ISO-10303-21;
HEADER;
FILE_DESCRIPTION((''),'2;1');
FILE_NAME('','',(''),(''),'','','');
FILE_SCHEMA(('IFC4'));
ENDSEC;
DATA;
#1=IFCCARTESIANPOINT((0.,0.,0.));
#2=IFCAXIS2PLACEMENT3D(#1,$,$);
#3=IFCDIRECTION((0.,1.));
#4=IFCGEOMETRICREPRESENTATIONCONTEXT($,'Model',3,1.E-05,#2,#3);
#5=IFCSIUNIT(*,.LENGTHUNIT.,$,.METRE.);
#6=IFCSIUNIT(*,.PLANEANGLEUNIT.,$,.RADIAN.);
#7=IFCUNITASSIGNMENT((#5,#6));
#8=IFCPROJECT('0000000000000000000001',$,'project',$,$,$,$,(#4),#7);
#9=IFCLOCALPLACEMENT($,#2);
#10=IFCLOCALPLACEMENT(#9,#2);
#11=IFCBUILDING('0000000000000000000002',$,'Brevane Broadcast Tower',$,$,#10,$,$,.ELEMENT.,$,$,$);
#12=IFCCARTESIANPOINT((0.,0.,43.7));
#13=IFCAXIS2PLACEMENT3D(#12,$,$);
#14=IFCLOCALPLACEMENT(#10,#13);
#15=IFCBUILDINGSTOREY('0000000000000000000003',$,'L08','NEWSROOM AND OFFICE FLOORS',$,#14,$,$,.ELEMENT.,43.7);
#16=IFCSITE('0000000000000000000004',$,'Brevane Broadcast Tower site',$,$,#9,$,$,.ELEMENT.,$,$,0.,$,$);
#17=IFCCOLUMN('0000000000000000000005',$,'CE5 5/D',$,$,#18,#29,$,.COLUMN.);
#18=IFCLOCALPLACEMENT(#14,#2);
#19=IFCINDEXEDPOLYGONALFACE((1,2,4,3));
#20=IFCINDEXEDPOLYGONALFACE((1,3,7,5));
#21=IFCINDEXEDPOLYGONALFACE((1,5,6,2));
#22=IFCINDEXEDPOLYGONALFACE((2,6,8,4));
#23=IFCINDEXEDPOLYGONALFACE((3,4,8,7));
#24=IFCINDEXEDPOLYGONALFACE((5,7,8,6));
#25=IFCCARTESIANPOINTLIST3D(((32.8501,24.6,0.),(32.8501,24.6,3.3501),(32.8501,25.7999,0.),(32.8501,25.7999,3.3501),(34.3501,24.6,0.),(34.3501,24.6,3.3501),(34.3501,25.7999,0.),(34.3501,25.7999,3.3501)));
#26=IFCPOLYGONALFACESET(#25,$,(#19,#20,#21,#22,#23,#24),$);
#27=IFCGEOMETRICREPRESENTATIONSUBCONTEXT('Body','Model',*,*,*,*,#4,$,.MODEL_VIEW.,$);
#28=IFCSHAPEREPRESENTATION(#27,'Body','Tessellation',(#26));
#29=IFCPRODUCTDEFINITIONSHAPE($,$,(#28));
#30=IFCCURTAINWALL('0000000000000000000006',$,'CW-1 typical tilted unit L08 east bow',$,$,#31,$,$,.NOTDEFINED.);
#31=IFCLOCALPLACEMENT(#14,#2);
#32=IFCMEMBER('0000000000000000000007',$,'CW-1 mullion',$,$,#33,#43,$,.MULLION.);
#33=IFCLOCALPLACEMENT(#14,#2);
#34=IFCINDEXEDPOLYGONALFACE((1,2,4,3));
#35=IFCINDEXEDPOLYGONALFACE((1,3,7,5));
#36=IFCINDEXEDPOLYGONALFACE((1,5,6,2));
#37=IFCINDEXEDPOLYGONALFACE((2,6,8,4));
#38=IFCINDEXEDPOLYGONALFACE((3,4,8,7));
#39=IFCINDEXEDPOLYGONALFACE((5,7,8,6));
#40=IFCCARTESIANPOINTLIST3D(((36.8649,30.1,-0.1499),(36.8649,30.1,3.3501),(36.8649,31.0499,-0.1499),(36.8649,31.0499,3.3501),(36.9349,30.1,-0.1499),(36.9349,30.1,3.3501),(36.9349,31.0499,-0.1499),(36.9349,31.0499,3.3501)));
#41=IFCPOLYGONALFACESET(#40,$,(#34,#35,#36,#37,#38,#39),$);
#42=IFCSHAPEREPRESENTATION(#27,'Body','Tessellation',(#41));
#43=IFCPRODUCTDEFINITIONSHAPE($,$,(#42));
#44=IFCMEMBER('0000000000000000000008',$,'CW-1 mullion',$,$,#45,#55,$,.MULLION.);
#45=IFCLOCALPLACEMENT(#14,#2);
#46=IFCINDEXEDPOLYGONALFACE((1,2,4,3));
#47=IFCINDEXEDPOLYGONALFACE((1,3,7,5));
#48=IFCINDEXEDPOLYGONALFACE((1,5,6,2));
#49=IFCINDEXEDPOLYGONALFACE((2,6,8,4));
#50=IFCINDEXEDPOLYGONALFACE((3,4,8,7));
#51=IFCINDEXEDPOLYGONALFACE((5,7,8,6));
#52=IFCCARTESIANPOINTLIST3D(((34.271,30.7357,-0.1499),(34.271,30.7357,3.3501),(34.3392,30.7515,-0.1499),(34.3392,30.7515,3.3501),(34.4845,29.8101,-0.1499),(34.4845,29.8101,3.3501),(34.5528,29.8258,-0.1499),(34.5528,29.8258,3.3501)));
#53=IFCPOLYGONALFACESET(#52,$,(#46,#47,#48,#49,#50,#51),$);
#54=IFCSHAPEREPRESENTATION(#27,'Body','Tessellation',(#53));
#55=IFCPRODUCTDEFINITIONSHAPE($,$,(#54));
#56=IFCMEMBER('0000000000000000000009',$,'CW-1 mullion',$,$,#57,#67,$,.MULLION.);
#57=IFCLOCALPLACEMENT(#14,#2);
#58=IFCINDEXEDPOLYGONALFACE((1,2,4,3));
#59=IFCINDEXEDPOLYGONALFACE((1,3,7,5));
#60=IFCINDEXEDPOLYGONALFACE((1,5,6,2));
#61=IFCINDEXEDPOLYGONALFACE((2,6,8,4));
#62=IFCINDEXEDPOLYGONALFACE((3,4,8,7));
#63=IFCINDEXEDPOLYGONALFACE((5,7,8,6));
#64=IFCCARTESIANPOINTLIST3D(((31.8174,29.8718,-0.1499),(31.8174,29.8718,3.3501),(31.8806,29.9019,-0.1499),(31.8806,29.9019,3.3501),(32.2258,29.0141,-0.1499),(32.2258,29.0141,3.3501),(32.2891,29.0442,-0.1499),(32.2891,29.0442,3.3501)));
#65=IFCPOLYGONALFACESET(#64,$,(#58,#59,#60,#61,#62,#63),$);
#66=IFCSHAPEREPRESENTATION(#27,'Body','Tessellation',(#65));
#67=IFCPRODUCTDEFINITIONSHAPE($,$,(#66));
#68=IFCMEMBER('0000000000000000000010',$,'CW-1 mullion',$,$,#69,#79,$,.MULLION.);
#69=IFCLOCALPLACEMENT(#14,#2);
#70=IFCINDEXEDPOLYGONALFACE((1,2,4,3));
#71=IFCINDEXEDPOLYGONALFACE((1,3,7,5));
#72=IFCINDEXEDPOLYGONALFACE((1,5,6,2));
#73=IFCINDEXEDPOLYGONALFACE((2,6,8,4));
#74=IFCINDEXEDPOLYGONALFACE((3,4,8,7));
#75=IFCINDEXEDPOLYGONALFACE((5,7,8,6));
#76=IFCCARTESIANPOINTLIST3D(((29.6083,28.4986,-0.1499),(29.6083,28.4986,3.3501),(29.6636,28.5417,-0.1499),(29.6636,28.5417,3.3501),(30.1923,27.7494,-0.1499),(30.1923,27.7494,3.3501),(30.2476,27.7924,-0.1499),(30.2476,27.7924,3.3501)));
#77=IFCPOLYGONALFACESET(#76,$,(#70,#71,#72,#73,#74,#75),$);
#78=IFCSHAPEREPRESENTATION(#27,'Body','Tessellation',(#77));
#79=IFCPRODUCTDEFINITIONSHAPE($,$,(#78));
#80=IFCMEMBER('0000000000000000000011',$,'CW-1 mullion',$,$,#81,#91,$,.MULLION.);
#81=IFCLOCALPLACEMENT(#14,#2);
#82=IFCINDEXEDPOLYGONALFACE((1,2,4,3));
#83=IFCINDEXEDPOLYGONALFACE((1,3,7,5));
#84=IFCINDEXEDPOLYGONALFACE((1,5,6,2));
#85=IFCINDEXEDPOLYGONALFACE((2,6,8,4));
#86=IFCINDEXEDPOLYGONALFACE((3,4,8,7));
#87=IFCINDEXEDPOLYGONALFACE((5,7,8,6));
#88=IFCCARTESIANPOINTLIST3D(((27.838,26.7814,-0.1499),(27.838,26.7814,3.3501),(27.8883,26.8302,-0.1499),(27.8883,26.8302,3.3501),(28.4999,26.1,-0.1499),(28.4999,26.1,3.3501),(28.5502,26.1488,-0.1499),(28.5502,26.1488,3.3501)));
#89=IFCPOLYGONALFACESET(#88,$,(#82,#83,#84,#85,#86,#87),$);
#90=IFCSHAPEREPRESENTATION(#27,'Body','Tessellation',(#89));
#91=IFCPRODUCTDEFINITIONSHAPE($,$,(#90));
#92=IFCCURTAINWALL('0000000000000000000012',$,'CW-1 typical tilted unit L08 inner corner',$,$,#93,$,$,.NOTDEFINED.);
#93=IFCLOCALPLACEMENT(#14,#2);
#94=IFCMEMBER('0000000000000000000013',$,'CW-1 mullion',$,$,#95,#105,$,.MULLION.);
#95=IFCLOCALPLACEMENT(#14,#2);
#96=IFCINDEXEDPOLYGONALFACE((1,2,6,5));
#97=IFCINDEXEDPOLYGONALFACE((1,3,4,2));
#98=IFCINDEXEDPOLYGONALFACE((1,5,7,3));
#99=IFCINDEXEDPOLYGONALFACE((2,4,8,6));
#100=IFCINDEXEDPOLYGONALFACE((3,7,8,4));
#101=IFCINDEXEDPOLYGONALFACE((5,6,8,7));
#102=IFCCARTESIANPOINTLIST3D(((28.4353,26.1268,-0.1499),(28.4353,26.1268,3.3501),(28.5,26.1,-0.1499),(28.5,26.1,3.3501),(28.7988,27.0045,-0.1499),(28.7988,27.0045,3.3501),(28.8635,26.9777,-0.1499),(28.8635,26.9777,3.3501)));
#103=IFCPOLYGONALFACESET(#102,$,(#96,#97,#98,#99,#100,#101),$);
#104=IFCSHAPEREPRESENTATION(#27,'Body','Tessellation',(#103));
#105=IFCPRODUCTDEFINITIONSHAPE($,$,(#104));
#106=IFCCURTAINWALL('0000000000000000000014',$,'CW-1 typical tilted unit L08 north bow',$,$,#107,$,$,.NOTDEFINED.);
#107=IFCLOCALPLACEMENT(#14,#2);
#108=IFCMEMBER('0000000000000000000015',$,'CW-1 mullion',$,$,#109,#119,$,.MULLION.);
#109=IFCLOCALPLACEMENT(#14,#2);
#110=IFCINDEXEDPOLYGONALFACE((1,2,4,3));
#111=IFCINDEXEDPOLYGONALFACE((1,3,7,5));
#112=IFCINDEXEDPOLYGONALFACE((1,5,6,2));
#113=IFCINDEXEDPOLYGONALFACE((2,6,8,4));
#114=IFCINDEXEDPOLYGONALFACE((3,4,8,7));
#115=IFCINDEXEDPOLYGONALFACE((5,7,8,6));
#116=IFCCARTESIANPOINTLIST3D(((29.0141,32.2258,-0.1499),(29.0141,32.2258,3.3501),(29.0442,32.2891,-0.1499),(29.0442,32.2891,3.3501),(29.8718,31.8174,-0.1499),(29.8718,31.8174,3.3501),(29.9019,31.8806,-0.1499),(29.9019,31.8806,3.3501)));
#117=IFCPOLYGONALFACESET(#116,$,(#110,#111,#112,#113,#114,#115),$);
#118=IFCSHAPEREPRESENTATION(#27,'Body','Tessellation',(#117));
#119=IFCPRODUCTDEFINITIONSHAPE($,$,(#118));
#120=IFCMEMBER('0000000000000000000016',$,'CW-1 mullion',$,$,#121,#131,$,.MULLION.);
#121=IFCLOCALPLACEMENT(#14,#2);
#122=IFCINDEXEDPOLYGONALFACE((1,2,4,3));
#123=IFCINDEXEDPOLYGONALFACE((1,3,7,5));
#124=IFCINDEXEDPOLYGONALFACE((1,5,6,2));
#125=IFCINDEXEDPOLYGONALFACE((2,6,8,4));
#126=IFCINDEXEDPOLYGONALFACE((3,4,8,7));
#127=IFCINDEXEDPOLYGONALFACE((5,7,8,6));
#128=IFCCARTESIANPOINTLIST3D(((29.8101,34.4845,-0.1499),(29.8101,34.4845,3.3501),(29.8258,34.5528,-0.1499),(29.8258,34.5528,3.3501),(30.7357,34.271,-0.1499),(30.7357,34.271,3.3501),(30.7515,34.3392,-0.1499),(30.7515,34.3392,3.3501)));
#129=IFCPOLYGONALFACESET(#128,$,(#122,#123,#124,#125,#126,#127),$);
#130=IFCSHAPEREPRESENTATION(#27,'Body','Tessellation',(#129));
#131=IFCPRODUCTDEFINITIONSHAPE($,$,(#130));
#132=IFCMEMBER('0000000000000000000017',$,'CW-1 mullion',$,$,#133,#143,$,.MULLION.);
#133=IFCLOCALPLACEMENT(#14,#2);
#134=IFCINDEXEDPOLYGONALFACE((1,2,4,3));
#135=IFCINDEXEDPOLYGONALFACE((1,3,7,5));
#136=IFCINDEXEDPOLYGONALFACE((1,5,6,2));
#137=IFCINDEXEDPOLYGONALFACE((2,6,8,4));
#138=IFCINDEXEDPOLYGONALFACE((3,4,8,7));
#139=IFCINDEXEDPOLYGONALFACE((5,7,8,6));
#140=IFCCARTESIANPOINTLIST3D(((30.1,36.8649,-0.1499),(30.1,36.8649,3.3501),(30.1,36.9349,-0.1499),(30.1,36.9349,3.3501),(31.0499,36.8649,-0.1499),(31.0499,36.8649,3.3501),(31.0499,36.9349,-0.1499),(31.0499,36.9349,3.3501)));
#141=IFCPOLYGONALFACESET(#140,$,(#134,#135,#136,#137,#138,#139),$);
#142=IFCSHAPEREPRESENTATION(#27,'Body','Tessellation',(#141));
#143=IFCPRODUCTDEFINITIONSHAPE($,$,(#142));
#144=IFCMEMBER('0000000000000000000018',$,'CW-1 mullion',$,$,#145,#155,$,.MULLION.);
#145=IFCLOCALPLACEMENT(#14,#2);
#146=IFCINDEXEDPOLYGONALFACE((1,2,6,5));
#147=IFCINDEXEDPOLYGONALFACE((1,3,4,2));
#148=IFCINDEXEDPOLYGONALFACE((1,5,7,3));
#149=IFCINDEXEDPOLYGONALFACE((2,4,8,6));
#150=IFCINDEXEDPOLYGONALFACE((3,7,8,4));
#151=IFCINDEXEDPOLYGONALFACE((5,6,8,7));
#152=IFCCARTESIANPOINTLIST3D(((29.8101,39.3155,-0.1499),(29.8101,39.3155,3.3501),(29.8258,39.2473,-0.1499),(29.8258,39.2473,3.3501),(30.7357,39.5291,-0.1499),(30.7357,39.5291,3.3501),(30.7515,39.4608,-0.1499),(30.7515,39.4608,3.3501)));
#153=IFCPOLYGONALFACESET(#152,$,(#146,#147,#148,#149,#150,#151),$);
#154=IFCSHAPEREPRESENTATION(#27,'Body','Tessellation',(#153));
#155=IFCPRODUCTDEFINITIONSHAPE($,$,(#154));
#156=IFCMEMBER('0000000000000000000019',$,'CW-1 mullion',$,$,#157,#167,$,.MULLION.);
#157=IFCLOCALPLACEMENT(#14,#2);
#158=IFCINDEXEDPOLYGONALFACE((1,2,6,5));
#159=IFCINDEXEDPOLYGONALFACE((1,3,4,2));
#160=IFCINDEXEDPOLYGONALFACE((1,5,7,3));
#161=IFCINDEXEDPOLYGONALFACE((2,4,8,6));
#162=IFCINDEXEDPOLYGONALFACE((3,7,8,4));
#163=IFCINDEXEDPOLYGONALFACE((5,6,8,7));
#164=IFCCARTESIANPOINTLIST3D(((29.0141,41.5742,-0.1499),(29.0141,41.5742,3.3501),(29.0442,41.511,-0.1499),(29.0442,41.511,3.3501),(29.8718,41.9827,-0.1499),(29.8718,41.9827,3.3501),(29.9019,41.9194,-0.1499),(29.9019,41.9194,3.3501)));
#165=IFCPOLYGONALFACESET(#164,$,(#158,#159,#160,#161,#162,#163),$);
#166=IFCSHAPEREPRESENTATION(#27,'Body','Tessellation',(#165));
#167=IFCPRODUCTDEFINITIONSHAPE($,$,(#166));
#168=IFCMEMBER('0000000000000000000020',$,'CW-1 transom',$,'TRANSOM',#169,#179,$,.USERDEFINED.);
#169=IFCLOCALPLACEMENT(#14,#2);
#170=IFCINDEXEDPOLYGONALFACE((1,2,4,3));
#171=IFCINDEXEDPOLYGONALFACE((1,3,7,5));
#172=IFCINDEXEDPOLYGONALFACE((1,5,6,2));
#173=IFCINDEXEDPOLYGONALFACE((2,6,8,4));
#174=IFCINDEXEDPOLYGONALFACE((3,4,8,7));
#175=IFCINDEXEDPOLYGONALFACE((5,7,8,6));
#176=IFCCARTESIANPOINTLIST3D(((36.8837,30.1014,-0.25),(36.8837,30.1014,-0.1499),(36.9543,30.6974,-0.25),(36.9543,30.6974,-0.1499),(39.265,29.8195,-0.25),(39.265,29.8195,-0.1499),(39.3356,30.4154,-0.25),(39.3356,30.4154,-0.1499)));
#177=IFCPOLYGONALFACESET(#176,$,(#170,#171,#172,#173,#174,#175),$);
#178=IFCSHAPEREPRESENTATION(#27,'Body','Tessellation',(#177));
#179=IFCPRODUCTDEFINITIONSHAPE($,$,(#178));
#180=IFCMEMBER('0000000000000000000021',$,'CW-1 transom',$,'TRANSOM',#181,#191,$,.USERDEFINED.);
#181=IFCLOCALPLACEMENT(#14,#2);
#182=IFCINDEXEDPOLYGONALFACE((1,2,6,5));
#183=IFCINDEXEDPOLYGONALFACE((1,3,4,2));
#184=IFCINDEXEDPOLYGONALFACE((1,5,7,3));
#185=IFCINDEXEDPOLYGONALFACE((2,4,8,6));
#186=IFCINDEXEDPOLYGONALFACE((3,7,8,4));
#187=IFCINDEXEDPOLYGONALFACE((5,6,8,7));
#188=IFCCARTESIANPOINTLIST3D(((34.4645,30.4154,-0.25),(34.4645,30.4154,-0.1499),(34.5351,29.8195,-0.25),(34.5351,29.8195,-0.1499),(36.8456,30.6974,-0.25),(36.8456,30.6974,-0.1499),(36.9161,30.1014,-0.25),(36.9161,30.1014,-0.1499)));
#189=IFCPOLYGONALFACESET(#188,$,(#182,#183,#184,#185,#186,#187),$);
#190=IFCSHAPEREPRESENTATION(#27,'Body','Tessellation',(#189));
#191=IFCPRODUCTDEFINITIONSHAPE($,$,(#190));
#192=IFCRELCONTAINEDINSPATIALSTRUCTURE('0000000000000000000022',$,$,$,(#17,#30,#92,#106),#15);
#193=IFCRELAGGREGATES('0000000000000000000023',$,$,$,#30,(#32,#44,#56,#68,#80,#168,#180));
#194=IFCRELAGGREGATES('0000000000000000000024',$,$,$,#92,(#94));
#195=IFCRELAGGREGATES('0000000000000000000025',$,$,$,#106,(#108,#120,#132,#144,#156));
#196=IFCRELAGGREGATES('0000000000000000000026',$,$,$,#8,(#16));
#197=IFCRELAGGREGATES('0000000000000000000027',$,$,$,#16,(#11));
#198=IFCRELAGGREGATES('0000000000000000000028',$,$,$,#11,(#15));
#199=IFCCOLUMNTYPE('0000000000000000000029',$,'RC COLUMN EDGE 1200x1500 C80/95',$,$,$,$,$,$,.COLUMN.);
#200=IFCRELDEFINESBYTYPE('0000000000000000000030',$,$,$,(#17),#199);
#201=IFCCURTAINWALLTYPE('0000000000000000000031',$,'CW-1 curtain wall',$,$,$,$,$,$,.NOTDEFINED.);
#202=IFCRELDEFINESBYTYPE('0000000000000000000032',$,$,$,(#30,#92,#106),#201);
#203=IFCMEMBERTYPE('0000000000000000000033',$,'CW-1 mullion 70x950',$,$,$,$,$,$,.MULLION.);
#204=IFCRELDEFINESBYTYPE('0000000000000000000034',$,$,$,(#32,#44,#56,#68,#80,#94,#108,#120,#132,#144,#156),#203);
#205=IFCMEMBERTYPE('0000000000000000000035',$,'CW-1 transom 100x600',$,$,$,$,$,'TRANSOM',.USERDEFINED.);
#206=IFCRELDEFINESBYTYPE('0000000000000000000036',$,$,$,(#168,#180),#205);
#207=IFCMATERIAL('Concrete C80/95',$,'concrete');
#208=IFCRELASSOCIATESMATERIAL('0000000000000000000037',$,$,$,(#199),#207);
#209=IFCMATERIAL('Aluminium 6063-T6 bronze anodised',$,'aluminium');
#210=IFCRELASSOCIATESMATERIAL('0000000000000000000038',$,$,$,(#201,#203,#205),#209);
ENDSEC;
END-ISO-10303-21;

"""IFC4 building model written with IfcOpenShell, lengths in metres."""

from ifc_helpers import new_model, si_unit, direction, frame, origin, origin_2d, place, context, subcontext, project, spatial, rectangle, extrude, material, material_profile, profile_set, type_object, element, aggregate, save


model = new_model("IFC4")

# Units and contexts
model_context = context("Model", 3, precision=1e-05, world=origin(), true_north=direction((0.0, 1.0)))
body_context = subcontext(model_context, "Body", "Model", "MODEL_VIEW")
ifc_project = project(units=[si_unit("LENGTHUNIT", "METRE"), si_unit("PLANEANGLEUNIT", "RADIAN")], contexts=[model_context])

# Site, building, storey
site_placement = place(None, origin())
site = spatial("IfcSite", under=ifc_project, at=site_placement, Name="Brevane Broadcast Tower site", CompositionType="ELEMENT", RefElevation=0.0)
building_placement = place(site_placement, origin())
building = spatial("IfcBuilding", under=site, at=building_placement, Name="Brevane Broadcast Tower", CompositionType="ELEMENT")
storey_placement = place(building_placement, frame((0.0, 0.0, 43.7)))
storey = spatial("IfcBuildingStorey", under=building, at=storey_placement, Name="L08", Description="NEWSROOM AND OFFICE FLOORS", CompositionType="ELEMENT", Elevation=43.7)

# Column
ifc_material_1 = material(Name="Concrete C80/95", Category="concrete")
ifc_material_profile_1 = material_profile(ifc_material_1, rectangle(XDim=1.2, YDim=1.5, at=origin_2d()), Name="RC 1200x1500")
ifc_profile_set_1 = profile_set([ifc_material_profile_1], Name="Concrete C80/95")
column_type = type_object("IfcColumnType", Name="RC COLUMN EDGE 1200x1500 C80/95", PredefinedType="COLUMN", material=ifc_profile_set_1)
column_placement = place(storey_placement, frame((33.6001, 25.2, 0.0), z_axis=(0.0, 0.0, 1.0), x_axis=(0.0, 1.0, 0.0)))
element("IfcColumn", 1, at=column_placement, inside=storey, type_object=column_type, Name="CE5 5/D", PredefinedType="COLUMN", context=body_context, shape_type="SweptSolid", body=[
    extrude(rectangle(XDim=1.2, YDim=1.5, at=origin_2d()), origin(), (0.0, 0.0, 1.0), 3.3501),
])

# Curtain wall, members
ifc_material_2 = material(Name="Aluminium 6063-T6 bronze anodised", Category="aluminium")
curtain_wall_type = type_object("IfcCurtainWallType", Name="CW-1 curtain wall", PredefinedType="NOTDEFINED", material=ifc_material_2)
curtain_wall_1_placement = place(storey_placement, origin())
curtain_wall_1 = element("IfcCurtainWall", 2, at=curtain_wall_1_placement, inside=storey, type_object=curtain_wall_type, Name="CW-1 typical tilted unit L08 east bow", PredefinedType="NOTDEFINED")
ifc_material_profile_2 = material_profile(ifc_material_2, rectangle(XDim=0.95, YDim=0.0701, at=origin_2d()), Name="RECT 70x950")
ifc_profile_set_2 = profile_set([ifc_material_profile_2], Name="Aluminium 6063-T6 bronze anodised")
member_type_1 = type_object("IfcMemberType", Name="CW-1 mullion 70x950", PredefinedType="MULLION", material=ifc_profile_set_2)
member_1_placement = place(storey_placement, frame((36.8999, 30.575, -0.1499), z_axis=(0.0, 0.0, 1.0), x_axis=(0.0, -1.0, 0.0)))
member_1 = element("IfcMember", 3, at=member_1_placement, type_object=member_type_1, Name="CW-1 mullion", PredefinedType="MULLION", context=body_context, shape_type="SweptSolid", body=[
    extrude(rectangle(XDim=0.95, YDim=0.0701, at=origin_2d()), origin(), (0.0, 0.0, 1.0), 3.5),
])
member_2_placement = place(storey_placement, frame((34.4119, 30.2808, -0.1499), z_axis=(0.0, 0.0, 1.0), x_axis=(0.224806, -0.974403, 0.0)))
member_2 = element("IfcMember", 4, at=member_2_placement, type_object=member_type_1, Name="CW-1 mullion", PredefinedType="MULLION", context=body_context, shape_type="SweptSolid", body=[
    extrude(rectangle(XDim=0.95, YDim=0.0701, at=origin_2d()), origin(), (0.0, 0.0, 1.0), 3.5),
])
member_3_placement = place(storey_placement, frame((32.0532, 29.458, -0.1499), z_axis=(0.0, 0.0, 1.0), x_axis=(0.429934, -0.902861, 0.0)))
member_3 = element("IfcMember", 5, at=member_3_placement, type_object=member_type_1, Name="CW-1 mullion", PredefinedType="MULLION", context=body_context, shape_type="SweptSolid", body=[
    extrude(rectangle(XDim=0.95, YDim=0.0701, at=origin_2d()), origin(), (0.0, 0.0, 1.0), 3.5),
])
member_4_placement = place(storey_placement, frame((29.928, 28.1455, -0.1499), z_axis=(0.0, 0.0, 1.0), x_axis=(0.61477, -0.788707, 0.0)))
member_4 = element("IfcMember", 6, at=member_4_placement, type_object=member_type_1, Name="CW-1 mullion", PredefinedType="MULLION", context=body_context, shape_type="SweptSolid", body=[
    extrude(rectangle(XDim=0.95, YDim=0.0701, at=origin_2d()), origin(), (0.0, 0.0, 1.0), 3.5),
])
member_5_placement = place(storey_placement, frame((28.1941, 26.4651, -0.1499), z_axis=(0.0, 0.0, 1.0), x_axis=(0.696812, -0.717254, 0.0)))
member_5 = element("IfcMember", 7, at=member_5_placement, type_object=member_type_1, Name="CW-1 mullion", PredefinedType="MULLION", context=body_context, shape_type="SweptSolid", body=[
    extrude(rectangle(XDim=0.95, YDim=0.0701, at=origin_2d()), origin(), (0.0, 0.0, 1.0), 3.5),
])

# Curtain wall, member
curtain_wall_2_placement = place(storey_placement, origin())
curtain_wall_2 = element("IfcCurtainWall", 8, at=curtain_wall_2_placement, inside=storey, type_object=curtain_wall_type, Name="CW-1 typical tilted unit L08 inner corner", PredefinedType="NOTDEFINED")
member_6_placement = place(storey_placement, frame((28.6494, 26.5522, -0.1499), z_axis=(0.0, 0.0, 1.0), x_axis=(-0.382684, -0.923879, 0.0)))
member_6 = element("IfcMember", 9, at=member_6_placement, type_object=member_type_1, Name="CW-1 mullion", PredefinedType="MULLION", context=body_context, shape_type="SweptSolid", body=[
    extrude(rectangle(XDim=0.95, YDim=0.0701, at=origin_2d()), origin(), (0.0, 0.0, 1.0), 3.5),
])

# Curtain wall, members
curtain_wall_3_placement = place(storey_placement, origin())
curtain_wall_3 = element("IfcCurtainWall", 10, at=curtain_wall_3_placement, inside=storey, type_object=curtain_wall_type, Name="CW-1 typical tilted unit L08 north bow", PredefinedType="NOTDEFINED")
member_7_placement = place(storey_placement, frame((29.458, 32.0532, -0.1499), z_axis=(0.0, 0.0, 1.0), x_axis=(-0.902861, 0.429934, 0.0)))
member_7 = element("IfcMember", 11, at=member_7_placement, type_object=member_type_1, Name="CW-1 mullion", PredefinedType="MULLION", context=body_context, shape_type="SweptSolid", body=[
    extrude(rectangle(XDim=0.95, YDim=0.0701, at=origin_2d()), origin(), (0.0, 0.0, 1.0), 3.5),
])
member_8_placement = place(storey_placement, frame((30.2808, 34.4119, -0.1499), z_axis=(0.0, 0.0, 1.0), x_axis=(-0.974403, 0.224806, 0.0)))
member_8 = element("IfcMember", 12, at=member_8_placement, type_object=member_type_1, Name="CW-1 mullion", PredefinedType="MULLION", context=body_context, shape_type="SweptSolid", body=[
    extrude(rectangle(XDim=0.95, YDim=0.0701, at=origin_2d()), origin(), (0.0, 0.0, 1.0), 3.5),
])
member_9_placement = place(storey_placement, frame((30.575, 36.8999, -0.1499), z_axis=(0.0, 0.0, 1.0), x_axis=(-1.0, 0.0, 0.0)))
member_9 = element("IfcMember", 13, at=member_9_placement, type_object=member_type_1, Name="CW-1 mullion", PredefinedType="MULLION", context=body_context, shape_type="SweptSolid", body=[
    extrude(rectangle(XDim=0.95, YDim=0.0701, at=origin_2d()), origin(), (0.0, 0.0, 1.0), 3.5),
])
member_10_placement = place(storey_placement, frame((30.2808, 39.3882, -0.1499), z_axis=(0.0, 0.0, 1.0), x_axis=(-0.974403, -0.224806, 0.0)))
member_10 = element("IfcMember", 14, at=member_10_placement, type_object=member_type_1, Name="CW-1 mullion", PredefinedType="MULLION", context=body_context, shape_type="SweptSolid", body=[
    extrude(rectangle(XDim=0.95, YDim=0.0701, at=origin_2d()), origin(), (0.0, 0.0, 1.0), 3.5),
])
member_11_placement = place(storey_placement, frame((29.458, 41.7468, -0.1499), z_axis=(0.0, 0.0, 1.0), x_axis=(-0.902861, -0.429934, 0.0)))
member_11 = element("IfcMember", 15, at=member_11_placement, type_object=member_type_1, Name="CW-1 mullion", PredefinedType="MULLION", context=body_context, shape_type="SweptSolid", body=[
    extrude(rectangle(XDim=0.95, YDim=0.0701, at=origin_2d()), origin(), (0.0, 0.0, 1.0), 3.5),
])

# Members
ifc_material_profile_3 = material_profile(ifc_material_2, rectangle(XDim=0.6001, YDim=0.1001, at=origin_2d()), Name="RECT 100x600")
ifc_profile_set_3 = profile_set([ifc_material_profile_3], Name="Aluminium 6063-T6 bronze anodised")
member_type_2 = type_object("IfcMemberType", Name="CW-1 transom 100x600", ElementType="TRANSOM", PredefinedType="USERDEFINED", material=ifc_profile_set_3)
member_12_placement = place(storey_placement, frame((39.3003, 30.1174, -0.2), z_axis=(-0.993062, 0.117591, 0.0), x_axis=(-0.117591, -0.993062, 0.0)))
member_12 = element("IfcMember", 16, at=member_12_placement, type_object=member_type_2, Name="CW-1 transom", ObjectType="TRANSOM", PredefinedType="USERDEFINED", context=body_context, shape_type="SweptSolid", body=[
    extrude(rectangle(XDim=0.6001, YDim=0.1001, at=origin_2d()), origin(), (0.0, 0.0, 1.0), 2.3979),
])
member_13_placement = place(storey_placement, frame((36.8809, 30.3994, -0.2), z_axis=(-0.993061, -0.117603, 0.0), x_axis=(0.117603, -0.993061, 0.0)))
member_13 = element("IfcMember", 17, at=member_13_placement, type_object=member_type_2, Name="CW-1 transom", ObjectType="TRANSOM", PredefinedType="USERDEFINED", context=body_context, shape_type="SweptSolid", body=[
    extrude(rectangle(XDim=0.6001, YDim=0.1001, at=origin_2d()), origin(), (0.0, 0.0, 1.0), 2.3977),
])
aggregate(curtain_wall_1, [member_1, member_2, member_3, member_4, member_5, member_12, member_13])
aggregate(curtain_wall_2, [member_6])
aggregate(curtain_wall_3, [member_7, member_8, member_9, member_10, member_11])

save(model, "model.ifc")
